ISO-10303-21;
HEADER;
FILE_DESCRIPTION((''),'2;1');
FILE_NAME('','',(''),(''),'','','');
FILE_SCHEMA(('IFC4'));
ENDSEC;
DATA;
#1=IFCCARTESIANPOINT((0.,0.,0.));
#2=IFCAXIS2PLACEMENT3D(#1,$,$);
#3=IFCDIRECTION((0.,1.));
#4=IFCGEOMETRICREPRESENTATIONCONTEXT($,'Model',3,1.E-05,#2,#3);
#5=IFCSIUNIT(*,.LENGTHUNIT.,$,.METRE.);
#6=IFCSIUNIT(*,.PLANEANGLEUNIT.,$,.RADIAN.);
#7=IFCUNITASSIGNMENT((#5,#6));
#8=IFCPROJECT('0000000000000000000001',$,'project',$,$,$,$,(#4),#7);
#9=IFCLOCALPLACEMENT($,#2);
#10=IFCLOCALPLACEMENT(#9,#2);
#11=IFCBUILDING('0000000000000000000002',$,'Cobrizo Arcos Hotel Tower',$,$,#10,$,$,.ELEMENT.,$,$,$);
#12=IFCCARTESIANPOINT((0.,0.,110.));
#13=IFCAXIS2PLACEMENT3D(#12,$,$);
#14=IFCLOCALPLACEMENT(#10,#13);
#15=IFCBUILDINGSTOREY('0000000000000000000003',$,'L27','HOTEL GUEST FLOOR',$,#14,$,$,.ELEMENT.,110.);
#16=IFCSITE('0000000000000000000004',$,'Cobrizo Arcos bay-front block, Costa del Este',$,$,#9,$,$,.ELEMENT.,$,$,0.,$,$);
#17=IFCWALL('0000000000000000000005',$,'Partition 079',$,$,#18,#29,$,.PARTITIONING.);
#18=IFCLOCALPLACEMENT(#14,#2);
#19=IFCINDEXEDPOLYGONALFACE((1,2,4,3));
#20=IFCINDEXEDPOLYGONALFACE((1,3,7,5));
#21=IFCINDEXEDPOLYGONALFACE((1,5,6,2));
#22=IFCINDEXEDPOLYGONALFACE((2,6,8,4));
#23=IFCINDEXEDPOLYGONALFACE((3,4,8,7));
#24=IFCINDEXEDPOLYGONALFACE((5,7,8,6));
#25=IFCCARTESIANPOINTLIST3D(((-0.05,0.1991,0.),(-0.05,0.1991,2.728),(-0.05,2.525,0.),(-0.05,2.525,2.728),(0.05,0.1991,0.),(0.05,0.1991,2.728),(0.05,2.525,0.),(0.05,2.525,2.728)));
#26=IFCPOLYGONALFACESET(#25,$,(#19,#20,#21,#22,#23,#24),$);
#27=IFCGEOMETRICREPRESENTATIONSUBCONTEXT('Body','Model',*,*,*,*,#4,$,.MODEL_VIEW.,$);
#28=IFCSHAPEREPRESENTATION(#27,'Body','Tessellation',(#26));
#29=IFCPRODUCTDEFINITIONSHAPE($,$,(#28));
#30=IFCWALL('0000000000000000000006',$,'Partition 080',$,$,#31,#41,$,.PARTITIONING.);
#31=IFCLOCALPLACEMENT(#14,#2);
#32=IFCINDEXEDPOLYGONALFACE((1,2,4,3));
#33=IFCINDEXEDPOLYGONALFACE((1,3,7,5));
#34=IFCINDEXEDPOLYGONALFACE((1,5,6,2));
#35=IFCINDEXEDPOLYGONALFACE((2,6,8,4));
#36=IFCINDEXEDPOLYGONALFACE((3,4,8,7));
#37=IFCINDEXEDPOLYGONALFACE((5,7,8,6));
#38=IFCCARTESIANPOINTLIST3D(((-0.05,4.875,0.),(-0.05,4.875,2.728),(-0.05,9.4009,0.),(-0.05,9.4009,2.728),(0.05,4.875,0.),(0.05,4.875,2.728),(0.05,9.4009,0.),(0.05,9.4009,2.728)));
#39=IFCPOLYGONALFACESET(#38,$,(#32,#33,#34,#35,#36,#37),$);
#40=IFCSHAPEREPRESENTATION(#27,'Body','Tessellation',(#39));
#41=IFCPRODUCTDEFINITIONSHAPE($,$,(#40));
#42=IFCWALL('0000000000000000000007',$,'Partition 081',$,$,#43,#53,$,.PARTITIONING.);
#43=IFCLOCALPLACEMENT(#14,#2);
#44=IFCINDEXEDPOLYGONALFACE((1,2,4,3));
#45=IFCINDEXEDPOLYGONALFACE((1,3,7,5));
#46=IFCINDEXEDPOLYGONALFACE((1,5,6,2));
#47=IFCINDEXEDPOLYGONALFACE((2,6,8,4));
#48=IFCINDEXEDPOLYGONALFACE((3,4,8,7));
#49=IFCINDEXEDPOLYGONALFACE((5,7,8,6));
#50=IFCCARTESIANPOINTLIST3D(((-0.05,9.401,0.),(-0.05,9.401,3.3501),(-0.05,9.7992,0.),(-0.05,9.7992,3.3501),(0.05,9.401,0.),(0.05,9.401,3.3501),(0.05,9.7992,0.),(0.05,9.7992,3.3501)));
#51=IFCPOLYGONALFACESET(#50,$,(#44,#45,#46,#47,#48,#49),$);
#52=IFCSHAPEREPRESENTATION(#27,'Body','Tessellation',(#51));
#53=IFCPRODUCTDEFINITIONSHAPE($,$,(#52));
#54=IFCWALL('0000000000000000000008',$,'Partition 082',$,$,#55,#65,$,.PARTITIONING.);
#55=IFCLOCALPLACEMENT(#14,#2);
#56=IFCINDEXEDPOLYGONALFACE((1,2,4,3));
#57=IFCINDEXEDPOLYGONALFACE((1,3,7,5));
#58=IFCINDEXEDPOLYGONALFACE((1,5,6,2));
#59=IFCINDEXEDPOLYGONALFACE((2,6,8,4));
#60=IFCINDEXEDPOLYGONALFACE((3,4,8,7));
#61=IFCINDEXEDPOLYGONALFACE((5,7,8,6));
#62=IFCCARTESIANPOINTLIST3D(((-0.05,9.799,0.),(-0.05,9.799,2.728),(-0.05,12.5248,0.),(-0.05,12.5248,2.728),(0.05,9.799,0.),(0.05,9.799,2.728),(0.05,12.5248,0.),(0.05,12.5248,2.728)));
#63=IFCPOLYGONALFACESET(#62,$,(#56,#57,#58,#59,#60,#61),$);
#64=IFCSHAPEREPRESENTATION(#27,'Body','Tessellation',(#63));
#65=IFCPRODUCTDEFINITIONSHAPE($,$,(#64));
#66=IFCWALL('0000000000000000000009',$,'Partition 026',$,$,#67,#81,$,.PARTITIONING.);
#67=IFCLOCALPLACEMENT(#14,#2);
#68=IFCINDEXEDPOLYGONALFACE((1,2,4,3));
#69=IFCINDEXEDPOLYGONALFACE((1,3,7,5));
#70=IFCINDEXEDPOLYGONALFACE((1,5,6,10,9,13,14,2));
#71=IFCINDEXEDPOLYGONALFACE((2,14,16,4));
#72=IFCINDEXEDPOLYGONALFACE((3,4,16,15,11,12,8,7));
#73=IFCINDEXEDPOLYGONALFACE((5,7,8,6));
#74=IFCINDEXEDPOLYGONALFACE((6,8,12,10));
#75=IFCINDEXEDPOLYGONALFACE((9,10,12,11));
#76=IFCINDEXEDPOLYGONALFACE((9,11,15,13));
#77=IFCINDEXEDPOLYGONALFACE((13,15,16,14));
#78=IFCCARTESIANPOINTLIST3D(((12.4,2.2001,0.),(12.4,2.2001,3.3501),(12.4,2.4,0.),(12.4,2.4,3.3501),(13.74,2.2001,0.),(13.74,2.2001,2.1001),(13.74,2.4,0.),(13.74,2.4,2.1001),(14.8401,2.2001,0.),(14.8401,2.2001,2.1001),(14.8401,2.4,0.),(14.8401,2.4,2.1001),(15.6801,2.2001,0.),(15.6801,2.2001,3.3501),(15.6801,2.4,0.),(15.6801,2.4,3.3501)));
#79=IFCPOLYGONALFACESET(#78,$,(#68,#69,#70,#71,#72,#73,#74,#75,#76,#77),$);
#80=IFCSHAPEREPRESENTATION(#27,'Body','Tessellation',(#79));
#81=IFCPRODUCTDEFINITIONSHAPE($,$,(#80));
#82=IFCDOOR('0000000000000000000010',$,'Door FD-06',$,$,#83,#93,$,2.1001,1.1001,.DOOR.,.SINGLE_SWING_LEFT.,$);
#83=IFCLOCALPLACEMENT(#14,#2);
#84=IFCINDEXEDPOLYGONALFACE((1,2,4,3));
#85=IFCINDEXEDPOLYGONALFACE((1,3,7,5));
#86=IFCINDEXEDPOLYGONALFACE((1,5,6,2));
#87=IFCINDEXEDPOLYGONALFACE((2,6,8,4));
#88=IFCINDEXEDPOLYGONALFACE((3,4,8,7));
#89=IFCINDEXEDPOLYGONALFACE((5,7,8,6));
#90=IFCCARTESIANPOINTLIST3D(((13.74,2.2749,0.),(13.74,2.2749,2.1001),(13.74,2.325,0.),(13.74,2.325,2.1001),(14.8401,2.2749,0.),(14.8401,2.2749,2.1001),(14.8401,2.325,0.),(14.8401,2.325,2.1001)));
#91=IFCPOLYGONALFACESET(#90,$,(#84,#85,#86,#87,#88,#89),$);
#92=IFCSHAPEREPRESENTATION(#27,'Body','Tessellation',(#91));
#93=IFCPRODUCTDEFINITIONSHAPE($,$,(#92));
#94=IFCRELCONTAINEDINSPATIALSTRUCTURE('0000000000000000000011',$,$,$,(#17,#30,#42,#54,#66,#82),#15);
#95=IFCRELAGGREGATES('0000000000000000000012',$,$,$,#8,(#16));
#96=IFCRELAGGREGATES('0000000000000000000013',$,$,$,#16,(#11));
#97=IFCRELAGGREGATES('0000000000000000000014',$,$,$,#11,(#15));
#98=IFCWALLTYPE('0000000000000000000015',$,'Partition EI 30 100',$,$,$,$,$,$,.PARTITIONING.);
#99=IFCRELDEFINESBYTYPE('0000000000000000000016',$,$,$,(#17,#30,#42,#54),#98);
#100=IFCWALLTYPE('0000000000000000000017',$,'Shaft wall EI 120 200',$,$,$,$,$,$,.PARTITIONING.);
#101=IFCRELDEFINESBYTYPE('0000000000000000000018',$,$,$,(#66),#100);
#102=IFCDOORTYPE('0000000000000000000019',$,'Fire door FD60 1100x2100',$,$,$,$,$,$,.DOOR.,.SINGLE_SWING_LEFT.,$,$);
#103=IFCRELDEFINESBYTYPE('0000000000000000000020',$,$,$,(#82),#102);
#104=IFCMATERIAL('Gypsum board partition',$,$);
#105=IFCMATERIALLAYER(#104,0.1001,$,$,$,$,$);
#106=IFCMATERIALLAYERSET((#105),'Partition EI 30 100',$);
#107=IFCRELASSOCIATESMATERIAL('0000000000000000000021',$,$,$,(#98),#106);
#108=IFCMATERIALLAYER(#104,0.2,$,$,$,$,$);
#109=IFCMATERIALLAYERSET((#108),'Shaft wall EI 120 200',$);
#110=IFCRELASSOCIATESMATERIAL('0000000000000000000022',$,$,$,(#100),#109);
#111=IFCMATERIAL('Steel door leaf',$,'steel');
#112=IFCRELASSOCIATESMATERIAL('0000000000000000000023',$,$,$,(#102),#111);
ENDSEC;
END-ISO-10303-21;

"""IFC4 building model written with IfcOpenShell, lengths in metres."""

from ifc_helpers import new_model, si_unit, direction, frame, frame_2d, origin, place, context, subcontext, project, spatial, rectangle, extrude, material, layer, layer_set, type_object, element, fill, save


model = new_model("IFC4")

# Units and contexts
model_context = context("Model", 3, precision=1e-05, world=origin(), true_north=direction((0.0, 1.0)))
body_context = subcontext(model_context, "Body", "Model", "MODEL_VIEW")
ifc_project = project(units=[si_unit("LENGTHUNIT", "METRE"), si_unit("PLANEANGLEUNIT", "RADIAN")], contexts=[model_context])

# Site, building, storey
site_placement = place(None, origin())
site = spatial("IfcSite", under=ifc_project, at=site_placement, Name="Cobrizo Arcos bay-front block, Costa del Este", CompositionType="ELEMENT", RefElevation=0.0)
building_placement = place(site_placement, origin())
building = spatial("IfcBuilding", under=site, at=building_placement, Name="Cobrizo Arcos Hotel Tower", CompositionType="ELEMENT")
storey_placement = place(building_placement, frame((0.0, 0.0, 110.0)))
storey = spatial("IfcBuildingStorey", under=building, at=storey_placement, Name="L27", Description="HOTEL GUEST FLOOR", CompositionType="ELEMENT", Elevation=110.0)

# Shared definitions
ifc_material_1 = material(Name="Gypsum board partition")

# Walls
ifc_layer_1 = layer(ifc_material_1, 0.1001)
ifc_layer_set_1 = layer_set([ifc_layer_1], Name="Partition EI 30 100")
wall_type_1 = type_object("IfcWallType", Name="Partition EI 30 100", PredefinedType="PARTITIONING", material=ifc_layer_set_1)
wall_1_placement = place(storey_placement, frame((0.0, 0.199, 0.0), z_axis=(0.0, 0.0, 1.0), x_axis=(0.0, 1.0, 0.0)))
element("IfcWall", 1, at=wall_1_placement, inside=storey, type_object=wall_type_1, Name="Partition 079", PredefinedType="PARTITIONING", context=body_context, shape_type="SweptSolid", body=[
    extrude(rectangle(XDim=2.3259, YDim=0.1001, at=frame_2d((1.1631, 0.0))), origin(), (0.0, 0.0, 1.0), 2.728),
])
wall_2_placement = place(storey_placement, frame((0.0, 4.875, 0.0), z_axis=(0.0, 0.0, 1.0), x_axis=(0.0, 1.0, 0.0)))
element("IfcWall", 2, at=wall_2_placement, inside=storey, type_object=wall_type_1, Name="Partition 080", PredefinedType="PARTITIONING", context=body_context, shape_type="SweptSolid", body=[
    extrude(rectangle(XDim=4.5259, YDim=0.1001, at=frame_2d((2.2629, 0.0))), origin(), (0.0, 0.0, 1.0), 2.728),
])
wall_3_placement = place(storey_placement, frame((0.0, 9.4009, 0.0), z_axis=(0.0, 0.0, 1.0), x_axis=(0.0, 1.0, 0.0)))
element("IfcWall", 3, at=wall_3_placement, inside=storey, type_object=wall_type_1, Name="Partition 081", PredefinedType="PARTITIONING", context=body_context, shape_type="SweptSolid", body=[
    extrude(rectangle(XDim=0.3982, YDim=0.1001, at=frame_2d((0.1992, 0.0))), origin(), (0.0, 0.0, 1.0), 3.3501),
])
wall_4_placement = place(storey_placement, frame((0.0, 9.7991, 0.0), z_axis=(0.0, 0.0, 1.0), x_axis=(0.0, 1.0, 0.0)))
element("IfcWall", 4, at=wall_4_placement, inside=storey, type_object=wall_type_1, Name="Partition 082", PredefinedType="PARTITIONING", context=body_context, shape_type="SweptSolid", body=[
    extrude(rectangle(XDim=2.7258, YDim=0.1001, at=frame_2d((1.3628, 0.0))), origin(), (0.0, 0.0, 1.0), 2.728),
])

# Wall, opening, door
ifc_layer_2 = layer(ifc_material_1, 0.2)
ifc_layer_set_2 = layer_set([ifc_layer_2], Name="Shaft wall EI 120 200")
wall_type_2 = type_object("IfcWallType", Name="Shaft wall EI 120 200", PredefinedType="PARTITIONING", material=ifc_layer_set_2)
wall_5_placement = place(storey_placement, frame((12.3999, 2.3, 0.0), z_axis=(0.0, 0.0, 1.0), x_axis=(1.0, 0.0, 0.0)))
wall_5 = element("IfcWall", 5, at=wall_5_placement, inside=storey, type_object=wall_type_2, Name="Partition 026", PredefinedType="PARTITIONING", context=body_context, shape_type="SweptSolid", body=[
    extrude(rectangle(XDim=3.28, YDim=0.2, at=frame_2d((1.6401, 0.0))), origin(), (0.0, 0.0, 1.0), 3.3501),
])
opening_1_placement = place(wall_5_placement, frame((1.3401, 0.0, 0.0)))
opening_1 = element("IfcOpeningElement", 6, at=opening_1_placement, cuts=wall_5, PredefinedType="OPENING", context=body_context, shape_type="SweptSolid", body=[
    extrude(rectangle(XDim=1.1001, YDim=2.1001, at=frame_2d((0.55, 1.05))), frame((0.0, 0.1121, 0.0), z_axis=(0.0, -1.0, 0.0), x_axis=(1.0, 0.0, 0.0)), (0.0, 0.0, 1.0), 0.2239),
])
ifc_material_2 = material(Name="Steel door leaf", Category="steel")
door_type_1 = type_object("IfcDoorType", Name="Fire door FD60 1100x2100", OperationType="SINGLE_SWING_LEFT", PredefinedType="DOOR", material=ifc_material_2)
door_1_placement = place(opening_1_placement, origin())
door_1 = element("IfcDoor", 7, at=door_1_placement, inside=storey, type_object=door_type_1, Name="Door FD-06", OperationType="SINGLE_SWING_LEFT", OverallHeight=2.1001, OverallWidth=1.1001, PredefinedType="DOOR", context=body_context, shape_type="SweptSolid", body=[
    extrude(rectangle(XDim=1.1001, YDim=2.1001, at=frame_2d((0.55, 1.05))), frame((0.0, 0.0249, 0.0), z_axis=(0.0, -1.0, 0.0), x_axis=(1.0, 0.0, 0.0)), (0.0, 0.0, 1.0), 0.05),
])
fill(opening_1, door_1)

save(model, "model.ifc")
